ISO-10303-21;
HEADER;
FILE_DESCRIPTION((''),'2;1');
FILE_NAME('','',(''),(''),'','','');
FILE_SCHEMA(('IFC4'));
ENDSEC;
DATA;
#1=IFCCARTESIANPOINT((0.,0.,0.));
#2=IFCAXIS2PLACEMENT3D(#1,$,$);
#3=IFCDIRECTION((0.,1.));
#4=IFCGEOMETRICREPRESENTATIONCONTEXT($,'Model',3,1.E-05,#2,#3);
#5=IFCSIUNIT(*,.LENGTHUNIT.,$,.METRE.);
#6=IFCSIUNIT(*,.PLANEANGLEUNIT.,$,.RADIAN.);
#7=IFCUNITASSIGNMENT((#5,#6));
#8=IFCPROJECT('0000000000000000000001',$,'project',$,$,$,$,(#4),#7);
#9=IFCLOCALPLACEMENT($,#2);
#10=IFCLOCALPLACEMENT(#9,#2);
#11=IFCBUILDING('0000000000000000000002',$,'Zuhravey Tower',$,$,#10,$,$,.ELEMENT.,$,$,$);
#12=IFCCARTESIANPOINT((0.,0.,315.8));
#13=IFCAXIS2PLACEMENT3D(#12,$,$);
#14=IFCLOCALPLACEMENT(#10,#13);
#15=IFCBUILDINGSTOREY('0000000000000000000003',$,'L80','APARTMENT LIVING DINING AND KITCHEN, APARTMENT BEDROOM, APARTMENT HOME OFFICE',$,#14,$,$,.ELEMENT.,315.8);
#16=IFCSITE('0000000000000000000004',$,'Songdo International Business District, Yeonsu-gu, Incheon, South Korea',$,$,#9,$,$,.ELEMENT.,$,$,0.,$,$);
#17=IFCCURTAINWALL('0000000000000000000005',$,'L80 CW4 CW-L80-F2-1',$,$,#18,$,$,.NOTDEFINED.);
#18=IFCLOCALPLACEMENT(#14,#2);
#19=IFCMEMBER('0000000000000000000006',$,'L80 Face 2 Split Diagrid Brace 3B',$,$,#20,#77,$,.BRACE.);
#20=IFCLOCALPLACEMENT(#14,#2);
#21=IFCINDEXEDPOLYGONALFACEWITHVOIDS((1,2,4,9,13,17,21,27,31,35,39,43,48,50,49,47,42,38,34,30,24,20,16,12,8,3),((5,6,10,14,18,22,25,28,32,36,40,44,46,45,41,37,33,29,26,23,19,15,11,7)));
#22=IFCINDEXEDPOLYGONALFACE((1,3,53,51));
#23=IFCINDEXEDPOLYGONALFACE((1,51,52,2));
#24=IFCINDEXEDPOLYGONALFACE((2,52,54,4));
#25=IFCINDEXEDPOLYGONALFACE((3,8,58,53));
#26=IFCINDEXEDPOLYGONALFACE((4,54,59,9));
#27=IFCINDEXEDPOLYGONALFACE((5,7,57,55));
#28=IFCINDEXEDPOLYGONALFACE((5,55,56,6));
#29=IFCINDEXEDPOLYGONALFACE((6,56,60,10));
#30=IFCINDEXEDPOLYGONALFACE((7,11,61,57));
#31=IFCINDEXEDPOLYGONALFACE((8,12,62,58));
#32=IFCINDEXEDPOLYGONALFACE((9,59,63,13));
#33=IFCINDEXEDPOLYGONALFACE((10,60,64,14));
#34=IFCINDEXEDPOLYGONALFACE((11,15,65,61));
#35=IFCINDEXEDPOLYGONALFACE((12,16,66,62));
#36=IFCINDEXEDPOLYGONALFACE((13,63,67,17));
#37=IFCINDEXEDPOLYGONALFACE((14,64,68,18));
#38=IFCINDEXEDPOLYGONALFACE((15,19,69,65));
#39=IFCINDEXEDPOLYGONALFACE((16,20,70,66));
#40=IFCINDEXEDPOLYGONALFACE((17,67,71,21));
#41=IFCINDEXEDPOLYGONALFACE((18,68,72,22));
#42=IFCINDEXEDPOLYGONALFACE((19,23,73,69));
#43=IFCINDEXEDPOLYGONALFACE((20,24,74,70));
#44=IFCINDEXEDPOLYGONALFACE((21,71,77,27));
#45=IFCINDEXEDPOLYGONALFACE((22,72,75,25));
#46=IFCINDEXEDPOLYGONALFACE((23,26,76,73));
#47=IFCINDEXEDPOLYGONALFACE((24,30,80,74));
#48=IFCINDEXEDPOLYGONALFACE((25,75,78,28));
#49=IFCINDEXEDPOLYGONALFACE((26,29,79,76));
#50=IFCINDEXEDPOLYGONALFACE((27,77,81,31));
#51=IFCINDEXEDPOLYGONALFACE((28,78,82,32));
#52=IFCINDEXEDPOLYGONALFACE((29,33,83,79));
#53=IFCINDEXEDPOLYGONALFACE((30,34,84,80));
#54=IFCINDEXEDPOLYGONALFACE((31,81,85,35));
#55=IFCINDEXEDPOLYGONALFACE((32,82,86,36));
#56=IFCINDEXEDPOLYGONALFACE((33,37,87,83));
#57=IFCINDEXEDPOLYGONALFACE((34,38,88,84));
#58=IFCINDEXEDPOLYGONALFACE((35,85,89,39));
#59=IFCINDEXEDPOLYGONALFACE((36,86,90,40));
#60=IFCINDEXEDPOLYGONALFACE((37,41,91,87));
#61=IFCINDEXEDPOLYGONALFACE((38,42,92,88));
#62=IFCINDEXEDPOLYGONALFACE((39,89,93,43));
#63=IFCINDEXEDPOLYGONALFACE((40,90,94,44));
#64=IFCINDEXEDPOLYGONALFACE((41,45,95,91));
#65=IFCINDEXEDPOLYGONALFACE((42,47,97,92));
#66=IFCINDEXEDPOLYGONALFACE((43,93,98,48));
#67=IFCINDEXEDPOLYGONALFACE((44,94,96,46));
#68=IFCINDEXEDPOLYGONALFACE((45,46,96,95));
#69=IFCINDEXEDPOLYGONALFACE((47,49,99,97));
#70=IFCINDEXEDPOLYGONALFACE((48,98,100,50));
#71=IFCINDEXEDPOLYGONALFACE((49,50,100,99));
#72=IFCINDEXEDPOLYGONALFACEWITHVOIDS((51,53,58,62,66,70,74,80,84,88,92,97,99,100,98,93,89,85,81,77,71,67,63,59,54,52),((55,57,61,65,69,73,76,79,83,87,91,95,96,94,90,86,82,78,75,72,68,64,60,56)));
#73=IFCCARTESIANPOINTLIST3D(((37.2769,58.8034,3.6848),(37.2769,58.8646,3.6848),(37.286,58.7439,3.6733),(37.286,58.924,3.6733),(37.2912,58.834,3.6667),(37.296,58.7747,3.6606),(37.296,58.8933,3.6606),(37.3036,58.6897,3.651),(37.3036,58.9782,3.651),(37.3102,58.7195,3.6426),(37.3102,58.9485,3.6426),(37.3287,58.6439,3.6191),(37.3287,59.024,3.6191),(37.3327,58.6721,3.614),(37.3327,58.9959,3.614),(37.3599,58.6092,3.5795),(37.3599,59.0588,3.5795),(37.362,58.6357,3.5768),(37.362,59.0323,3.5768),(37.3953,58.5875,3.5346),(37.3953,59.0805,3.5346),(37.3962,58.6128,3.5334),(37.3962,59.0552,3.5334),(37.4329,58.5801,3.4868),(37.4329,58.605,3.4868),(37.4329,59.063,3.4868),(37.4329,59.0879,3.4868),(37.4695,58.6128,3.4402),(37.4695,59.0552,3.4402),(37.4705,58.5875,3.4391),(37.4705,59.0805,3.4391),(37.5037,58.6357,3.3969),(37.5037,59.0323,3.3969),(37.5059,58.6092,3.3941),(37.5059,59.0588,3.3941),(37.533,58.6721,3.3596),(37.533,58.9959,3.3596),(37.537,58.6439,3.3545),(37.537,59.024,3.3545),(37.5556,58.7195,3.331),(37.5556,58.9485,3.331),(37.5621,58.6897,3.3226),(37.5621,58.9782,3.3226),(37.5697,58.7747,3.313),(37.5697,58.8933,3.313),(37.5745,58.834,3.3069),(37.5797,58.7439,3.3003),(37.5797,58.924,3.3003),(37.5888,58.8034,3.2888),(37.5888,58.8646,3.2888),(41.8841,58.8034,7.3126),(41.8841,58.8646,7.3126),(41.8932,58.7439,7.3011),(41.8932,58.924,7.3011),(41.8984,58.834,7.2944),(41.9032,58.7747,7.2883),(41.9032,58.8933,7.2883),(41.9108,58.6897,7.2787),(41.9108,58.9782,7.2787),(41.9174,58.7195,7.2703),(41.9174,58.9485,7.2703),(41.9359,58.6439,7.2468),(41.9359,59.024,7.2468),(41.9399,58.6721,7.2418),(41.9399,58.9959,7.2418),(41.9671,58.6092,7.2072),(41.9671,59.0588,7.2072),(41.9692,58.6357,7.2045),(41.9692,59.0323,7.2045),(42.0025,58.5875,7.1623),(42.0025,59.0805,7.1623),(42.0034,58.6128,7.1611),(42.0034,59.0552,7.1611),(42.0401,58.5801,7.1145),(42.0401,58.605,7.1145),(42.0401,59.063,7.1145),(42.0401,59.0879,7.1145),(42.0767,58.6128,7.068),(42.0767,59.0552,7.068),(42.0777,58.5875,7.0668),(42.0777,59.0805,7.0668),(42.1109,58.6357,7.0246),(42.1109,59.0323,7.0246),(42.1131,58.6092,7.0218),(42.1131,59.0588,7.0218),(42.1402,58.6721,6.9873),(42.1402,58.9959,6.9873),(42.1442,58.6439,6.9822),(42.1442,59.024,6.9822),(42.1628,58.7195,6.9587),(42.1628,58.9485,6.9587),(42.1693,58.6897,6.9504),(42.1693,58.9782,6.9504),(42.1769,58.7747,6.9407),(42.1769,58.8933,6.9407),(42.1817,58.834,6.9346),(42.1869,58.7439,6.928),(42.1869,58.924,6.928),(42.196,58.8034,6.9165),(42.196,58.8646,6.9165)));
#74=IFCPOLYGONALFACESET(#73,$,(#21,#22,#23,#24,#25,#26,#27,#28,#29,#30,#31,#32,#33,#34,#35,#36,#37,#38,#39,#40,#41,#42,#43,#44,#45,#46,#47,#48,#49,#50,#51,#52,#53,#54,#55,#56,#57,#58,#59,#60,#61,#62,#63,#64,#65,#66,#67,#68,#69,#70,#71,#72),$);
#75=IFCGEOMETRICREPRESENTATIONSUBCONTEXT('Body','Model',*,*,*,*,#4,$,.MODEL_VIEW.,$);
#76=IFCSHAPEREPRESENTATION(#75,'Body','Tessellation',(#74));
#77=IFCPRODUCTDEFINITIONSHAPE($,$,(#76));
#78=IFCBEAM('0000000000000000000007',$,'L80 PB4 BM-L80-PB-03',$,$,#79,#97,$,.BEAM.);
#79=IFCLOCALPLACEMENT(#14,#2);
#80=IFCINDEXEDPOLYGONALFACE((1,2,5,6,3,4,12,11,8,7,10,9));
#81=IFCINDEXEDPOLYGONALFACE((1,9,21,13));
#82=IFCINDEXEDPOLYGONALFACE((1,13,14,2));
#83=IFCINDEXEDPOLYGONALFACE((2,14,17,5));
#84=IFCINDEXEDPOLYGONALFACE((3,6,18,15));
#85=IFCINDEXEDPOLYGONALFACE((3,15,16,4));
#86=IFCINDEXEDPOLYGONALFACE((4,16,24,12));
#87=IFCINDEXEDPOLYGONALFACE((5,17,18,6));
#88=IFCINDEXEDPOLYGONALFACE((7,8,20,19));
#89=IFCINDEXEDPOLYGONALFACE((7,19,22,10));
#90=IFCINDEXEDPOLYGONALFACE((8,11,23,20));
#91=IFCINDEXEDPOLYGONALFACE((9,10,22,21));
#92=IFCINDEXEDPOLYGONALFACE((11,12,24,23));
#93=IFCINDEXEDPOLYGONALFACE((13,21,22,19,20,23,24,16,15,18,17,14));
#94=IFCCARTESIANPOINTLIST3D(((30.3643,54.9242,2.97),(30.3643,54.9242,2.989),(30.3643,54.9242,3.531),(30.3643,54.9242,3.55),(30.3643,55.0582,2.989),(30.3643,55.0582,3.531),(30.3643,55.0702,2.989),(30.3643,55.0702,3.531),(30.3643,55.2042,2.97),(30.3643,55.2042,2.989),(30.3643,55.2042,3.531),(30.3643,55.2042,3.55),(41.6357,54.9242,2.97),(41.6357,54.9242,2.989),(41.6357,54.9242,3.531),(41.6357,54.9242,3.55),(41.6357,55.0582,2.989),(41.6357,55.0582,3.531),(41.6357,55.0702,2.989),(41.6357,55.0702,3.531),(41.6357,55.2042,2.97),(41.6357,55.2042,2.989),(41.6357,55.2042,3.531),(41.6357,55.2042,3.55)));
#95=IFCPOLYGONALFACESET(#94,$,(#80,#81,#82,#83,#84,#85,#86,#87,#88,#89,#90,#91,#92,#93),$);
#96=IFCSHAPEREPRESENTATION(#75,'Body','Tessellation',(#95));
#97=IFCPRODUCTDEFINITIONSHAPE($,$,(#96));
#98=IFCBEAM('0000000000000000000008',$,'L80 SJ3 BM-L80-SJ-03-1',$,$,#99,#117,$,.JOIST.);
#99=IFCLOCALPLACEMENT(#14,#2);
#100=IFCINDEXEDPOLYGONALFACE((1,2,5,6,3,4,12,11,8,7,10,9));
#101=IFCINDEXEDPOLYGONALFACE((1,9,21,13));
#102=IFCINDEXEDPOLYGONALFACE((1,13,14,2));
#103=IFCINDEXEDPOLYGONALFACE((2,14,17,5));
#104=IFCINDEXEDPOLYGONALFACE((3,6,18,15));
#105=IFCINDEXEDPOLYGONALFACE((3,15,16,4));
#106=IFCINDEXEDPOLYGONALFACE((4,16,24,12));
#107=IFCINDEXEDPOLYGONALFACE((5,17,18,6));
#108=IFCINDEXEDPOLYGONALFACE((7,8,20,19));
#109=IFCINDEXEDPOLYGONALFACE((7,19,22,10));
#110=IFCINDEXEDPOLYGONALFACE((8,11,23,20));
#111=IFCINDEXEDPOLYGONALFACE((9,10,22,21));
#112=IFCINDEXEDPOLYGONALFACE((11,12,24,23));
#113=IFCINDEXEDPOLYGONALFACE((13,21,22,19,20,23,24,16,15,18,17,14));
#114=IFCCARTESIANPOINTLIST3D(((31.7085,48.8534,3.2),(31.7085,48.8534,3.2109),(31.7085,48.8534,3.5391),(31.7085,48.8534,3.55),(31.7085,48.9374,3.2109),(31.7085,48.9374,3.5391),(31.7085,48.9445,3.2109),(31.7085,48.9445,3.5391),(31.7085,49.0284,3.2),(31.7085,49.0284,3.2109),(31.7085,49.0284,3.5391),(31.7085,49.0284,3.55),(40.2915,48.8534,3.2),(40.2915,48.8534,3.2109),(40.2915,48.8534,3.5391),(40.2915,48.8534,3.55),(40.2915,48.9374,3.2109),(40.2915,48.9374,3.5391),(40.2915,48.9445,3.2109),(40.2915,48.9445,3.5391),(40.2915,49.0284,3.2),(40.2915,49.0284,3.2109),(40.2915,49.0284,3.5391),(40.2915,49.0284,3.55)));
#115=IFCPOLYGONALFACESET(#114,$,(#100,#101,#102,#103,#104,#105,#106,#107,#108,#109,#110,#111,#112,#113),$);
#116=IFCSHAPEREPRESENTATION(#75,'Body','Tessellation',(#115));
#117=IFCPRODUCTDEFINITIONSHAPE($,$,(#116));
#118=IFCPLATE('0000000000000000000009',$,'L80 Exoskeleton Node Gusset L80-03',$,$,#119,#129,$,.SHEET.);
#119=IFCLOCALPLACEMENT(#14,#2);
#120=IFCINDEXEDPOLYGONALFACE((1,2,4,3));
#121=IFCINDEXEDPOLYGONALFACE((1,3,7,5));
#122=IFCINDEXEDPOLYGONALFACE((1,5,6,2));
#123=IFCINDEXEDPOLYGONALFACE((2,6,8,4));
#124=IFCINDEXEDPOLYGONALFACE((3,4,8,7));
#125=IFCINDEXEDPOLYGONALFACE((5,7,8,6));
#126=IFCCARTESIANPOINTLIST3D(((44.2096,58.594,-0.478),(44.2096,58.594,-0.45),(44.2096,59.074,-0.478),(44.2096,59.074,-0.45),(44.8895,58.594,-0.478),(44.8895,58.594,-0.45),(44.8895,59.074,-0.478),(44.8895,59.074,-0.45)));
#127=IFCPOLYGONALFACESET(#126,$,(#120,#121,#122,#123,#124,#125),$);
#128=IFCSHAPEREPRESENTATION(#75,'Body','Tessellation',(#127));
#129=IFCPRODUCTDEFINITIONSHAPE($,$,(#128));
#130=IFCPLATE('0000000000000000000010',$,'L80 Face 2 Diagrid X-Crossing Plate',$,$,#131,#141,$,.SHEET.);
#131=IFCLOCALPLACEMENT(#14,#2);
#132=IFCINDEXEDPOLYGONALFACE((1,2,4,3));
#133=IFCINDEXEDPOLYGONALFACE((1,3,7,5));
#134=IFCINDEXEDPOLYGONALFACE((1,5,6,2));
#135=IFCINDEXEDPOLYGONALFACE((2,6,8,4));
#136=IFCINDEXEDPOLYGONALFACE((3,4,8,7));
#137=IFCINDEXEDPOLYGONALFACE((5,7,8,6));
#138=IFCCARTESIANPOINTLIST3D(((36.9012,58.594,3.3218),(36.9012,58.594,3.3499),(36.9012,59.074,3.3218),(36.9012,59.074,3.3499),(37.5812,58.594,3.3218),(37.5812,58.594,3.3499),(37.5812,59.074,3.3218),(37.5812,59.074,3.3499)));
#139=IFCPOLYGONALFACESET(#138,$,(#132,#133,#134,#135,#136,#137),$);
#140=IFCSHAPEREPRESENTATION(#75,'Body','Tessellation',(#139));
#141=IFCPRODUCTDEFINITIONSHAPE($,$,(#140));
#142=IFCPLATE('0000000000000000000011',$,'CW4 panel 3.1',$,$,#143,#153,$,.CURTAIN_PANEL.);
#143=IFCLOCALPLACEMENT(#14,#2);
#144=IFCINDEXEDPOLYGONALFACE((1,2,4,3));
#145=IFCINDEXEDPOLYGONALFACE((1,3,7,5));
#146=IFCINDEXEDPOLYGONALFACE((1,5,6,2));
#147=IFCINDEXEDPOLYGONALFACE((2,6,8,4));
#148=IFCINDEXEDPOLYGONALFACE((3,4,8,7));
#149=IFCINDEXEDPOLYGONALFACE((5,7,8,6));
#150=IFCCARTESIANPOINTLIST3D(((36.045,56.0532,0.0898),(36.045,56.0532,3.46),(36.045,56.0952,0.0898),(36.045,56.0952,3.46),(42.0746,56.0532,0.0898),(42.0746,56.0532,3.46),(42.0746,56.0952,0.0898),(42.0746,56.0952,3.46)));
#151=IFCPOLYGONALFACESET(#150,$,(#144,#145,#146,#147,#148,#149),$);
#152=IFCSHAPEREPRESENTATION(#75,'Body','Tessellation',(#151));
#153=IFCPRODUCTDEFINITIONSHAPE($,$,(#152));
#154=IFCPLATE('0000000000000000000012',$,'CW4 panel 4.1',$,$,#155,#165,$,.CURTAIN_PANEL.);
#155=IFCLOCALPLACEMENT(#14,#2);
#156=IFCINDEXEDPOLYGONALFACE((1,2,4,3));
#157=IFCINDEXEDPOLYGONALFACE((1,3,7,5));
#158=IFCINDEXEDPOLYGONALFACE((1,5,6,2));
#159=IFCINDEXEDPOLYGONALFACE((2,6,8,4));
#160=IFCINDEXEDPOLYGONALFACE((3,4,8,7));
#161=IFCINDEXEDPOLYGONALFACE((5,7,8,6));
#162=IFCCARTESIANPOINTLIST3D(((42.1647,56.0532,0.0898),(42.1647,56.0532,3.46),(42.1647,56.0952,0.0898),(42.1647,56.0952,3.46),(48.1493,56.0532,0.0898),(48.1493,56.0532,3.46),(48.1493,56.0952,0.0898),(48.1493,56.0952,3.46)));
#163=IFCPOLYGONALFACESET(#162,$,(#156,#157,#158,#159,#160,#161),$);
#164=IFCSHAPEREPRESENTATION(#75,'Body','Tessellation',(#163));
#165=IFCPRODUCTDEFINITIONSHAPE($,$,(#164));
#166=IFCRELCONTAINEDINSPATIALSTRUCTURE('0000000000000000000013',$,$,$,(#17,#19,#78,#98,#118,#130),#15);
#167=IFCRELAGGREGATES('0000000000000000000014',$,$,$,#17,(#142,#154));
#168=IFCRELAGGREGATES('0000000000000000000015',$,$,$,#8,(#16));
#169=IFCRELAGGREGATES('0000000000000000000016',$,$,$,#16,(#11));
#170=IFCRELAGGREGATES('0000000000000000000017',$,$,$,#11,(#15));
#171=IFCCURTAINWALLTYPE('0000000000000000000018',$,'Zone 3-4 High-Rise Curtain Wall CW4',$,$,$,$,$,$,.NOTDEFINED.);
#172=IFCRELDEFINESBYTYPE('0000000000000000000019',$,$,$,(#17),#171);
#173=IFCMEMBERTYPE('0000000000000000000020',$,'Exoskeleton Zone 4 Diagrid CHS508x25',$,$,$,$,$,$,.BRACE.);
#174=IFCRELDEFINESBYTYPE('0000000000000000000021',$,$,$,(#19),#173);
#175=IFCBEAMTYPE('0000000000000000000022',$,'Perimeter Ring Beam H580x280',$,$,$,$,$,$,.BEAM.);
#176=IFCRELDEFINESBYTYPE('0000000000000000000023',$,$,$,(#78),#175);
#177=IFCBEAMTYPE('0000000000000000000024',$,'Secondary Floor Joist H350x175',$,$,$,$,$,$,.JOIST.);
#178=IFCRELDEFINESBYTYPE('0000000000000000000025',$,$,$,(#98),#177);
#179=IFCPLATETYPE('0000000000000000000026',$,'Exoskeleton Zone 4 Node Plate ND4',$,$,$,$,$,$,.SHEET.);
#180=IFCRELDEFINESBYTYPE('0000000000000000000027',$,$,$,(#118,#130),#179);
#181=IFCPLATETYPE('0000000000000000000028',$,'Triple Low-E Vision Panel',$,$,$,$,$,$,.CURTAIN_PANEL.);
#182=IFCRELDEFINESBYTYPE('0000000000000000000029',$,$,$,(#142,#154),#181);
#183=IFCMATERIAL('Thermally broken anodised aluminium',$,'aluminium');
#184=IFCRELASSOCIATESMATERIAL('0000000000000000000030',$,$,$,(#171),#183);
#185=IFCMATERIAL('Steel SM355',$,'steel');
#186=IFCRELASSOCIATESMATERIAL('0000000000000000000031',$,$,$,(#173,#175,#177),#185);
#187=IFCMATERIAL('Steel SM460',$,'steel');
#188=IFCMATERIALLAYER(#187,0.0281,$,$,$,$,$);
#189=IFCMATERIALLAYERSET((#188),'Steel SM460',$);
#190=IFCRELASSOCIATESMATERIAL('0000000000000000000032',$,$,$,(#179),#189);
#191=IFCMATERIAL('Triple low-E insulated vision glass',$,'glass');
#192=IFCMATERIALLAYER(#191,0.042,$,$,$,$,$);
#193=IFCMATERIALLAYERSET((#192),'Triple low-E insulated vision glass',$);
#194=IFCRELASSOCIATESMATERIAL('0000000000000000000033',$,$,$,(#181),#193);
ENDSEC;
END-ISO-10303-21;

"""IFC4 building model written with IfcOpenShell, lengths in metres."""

from ifc_helpers import new_model, si_unit, direction, frame, origin, origin_2d, place, context, subcontext, project, spatial, rectangle, hollow_circle, i_section, extrude, material, layer, layer_set, material_profile, profile_set, type_object, element, aggregate, save


model = new_model("IFC4")

# Units and contexts
model_context = context("Model", 3, precision=1e-05, world=origin(), true_north=direction((0.0, 1.0)))
body_context = subcontext(model_context, "Body", "Model", "MODEL_VIEW")
ifc_project = project(units=[si_unit("LENGTHUNIT", "METRE"), si_unit("PLANEANGLEUNIT", "RADIAN")], contexts=[model_context])

# Site, building, storey
site_placement = place(None, origin())
site = spatial("IfcSite", under=ifc_project, at=site_placement, Name="Songdo International Business District, Yeonsu-gu, Incheon, South Korea", CompositionType="ELEMENT", RefElevation=0.0)
building_placement = place(site_placement, origin())
building = spatial("IfcBuilding", under=site, at=building_placement, Name="Zuhravey Tower", CompositionType="ELEMENT")
storey_placement = place(building_placement, frame((0.0, 0.0, 315.8)))
storey = spatial("IfcBuildingStorey", under=building, at=storey_placement, Name="L80", Description="APARTMENT LIVING DINING AND KITCHEN, APARTMENT BEDROOM, APARTMENT HOME OFFICE", CompositionType="ELEMENT", Elevation=315.8)

# Curtain wall
ifc_material_1 = material(Name="Thermally broken anodised aluminium", Category="aluminium")
curtain_wall_type = type_object("IfcCurtainWallType", Name="Zone 3-4 High-Rise Curtain Wall CW4", PredefinedType="NOTDEFINED", material=ifc_material_1)
curtain_wall_placement = place(storey_placement, origin())
curtain_wall = element("IfcCurtainWall", 1, at=curtain_wall_placement, inside=storey, type_object=curtain_wall_type, Name="L80 CW4 CW-L80-F2-1", PredefinedType="NOTDEFINED")

# Member
ifc_material_2 = material(Name="Steel SM355", Category="steel")
ifc_material_profile_1 = material_profile(ifc_material_2, hollow_circle(Radius=0.2539, WallThickness=0.0249, at=origin_2d()), Name="CHS-508.0x25")
ifc_profile_set_1 = profile_set([ifc_material_profile_1], Name="Steel SM355")
member_type_1 = type_object("IfcMemberType", Name="Exoskeleton Zone 4 Diagrid CHS508x25", PredefinedType="BRACE", material=ifc_profile_set_1)
member_1_placement = place(storey_placement, frame((37.4329, 58.834, 3.4868), z_axis=(0.785675, 0.0, 0.618639), x_axis=(0.0, 1.0, 0.0)))
element("IfcMember", 2, at=member_1_placement, inside=storey, type_object=member_type_1, Name="L80 Face 2 Split Diagrid Brace 3B", PredefinedType="BRACE", context=body_context, shape_type="SweptSolid", body=[
    extrude(hollow_circle(Radius=0.2539, WallThickness=0.0249, at=origin_2d()), origin(), (0.0, 0.0, 1.0), 5.864),
])

# Beams
ifc_material_profile_2 = material_profile(ifc_material_2, i_section(OverallWidth=0.28, OverallDepth=0.5801, WebThickness=0.012, FlangeThickness=0.019, at=origin_2d()), Name="H-580x280x12x19")
ifc_profile_set_2 = profile_set([ifc_material_profile_2], Name="Steel SM355")
beam_type_1 = type_object("IfcBeamType", Name="Perimeter Ring Beam H580x280", PredefinedType="BEAM", material=ifc_profile_set_2)
beam_1_placement = place(storey_placement, frame((41.6357, 55.0642, 3.26), z_axis=(-1.0, 0.0, 0.0), x_axis=(0.0, -1.0, 0.0)))
element("IfcBeam", 3, at=beam_1_placement, inside=storey, type_object=beam_type_1, Name="L80 PB4 BM-L80-PB-03", PredefinedType="BEAM", context=body_context, shape_type="SweptSolid", body=[
    extrude(i_section(OverallWidth=0.28, OverallDepth=0.5801, WebThickness=0.012, FlangeThickness=0.019, at=origin_2d()), origin(), (0.0, 0.0, 1.0), 11.2715),
])
ifc_material_profile_3 = material_profile(ifc_material_2, i_section(OverallWidth=0.175, OverallDepth=0.3501, WebThickness=0.0071, FlangeThickness=0.011, at=origin_2d()), Name="H-350x175x7x11")
ifc_profile_set_3 = profile_set([ifc_material_profile_3], Name="Steel SM355")
beam_type_2 = type_object("IfcBeamType", Name="Secondary Floor Joist H350x175", PredefinedType="JOIST", material=ifc_profile_set_3)
beam_2_placement = place(storey_placement, frame((40.2915, 48.9409, 3.375), z_axis=(-1.0, 0.0, 0.0), x_axis=(0.0, -1.0, 0.0)))
element("IfcBeam", 4, at=beam_2_placement, inside=storey, type_object=beam_type_2, Name="L80 SJ3 BM-L80-SJ-03-1", PredefinedType="JOIST", context=body_context, shape_type="SweptSolid", body=[
    extrude(i_section(OverallWidth=0.175, OverallDepth=0.3501, WebThickness=0.0071, FlangeThickness=0.011, at=origin_2d()), origin(), (0.0, 0.0, 1.0), 8.583),
])

# Plates
ifc_material_3 = material(Name="Steel SM460", Category="steel")
ifc_layer_1 = layer(ifc_material_3, 0.0281)
ifc_layer_set_1 = layer_set([ifc_layer_1], Name="Steel SM460")
plate_type_1 = type_object("IfcPlateType", Name="Exoskeleton Zone 4 Node Plate ND4", PredefinedType="SHEET", material=ifc_layer_set_1)
for number, where, z_axis, x_axis, name in (
    (5, (44.5496, 58.834, -0.478), (0.0, 0.0, 1.0), (-1.0, 0.0, 0.0), "L80 Exoskeleton Node Gusset L80-03"),
    (6, (37.2412, 58.834, 3.3218), (0.0, 0.0, 1.0), (-1.0, 0.0, 0.0), "L80 Face 2 Diagrid X-Crossing Plate"),
):
    element("IfcPlate", number, at=place(storey_placement, frame(where, z_axis=z_axis, x_axis=x_axis)), inside=storey, type_object=plate_type_1, Name=name, PredefinedType="SHEET", context=body_context, shape_type="SweptSolid", body=[
        extrude(rectangle(XDim=0.6799, YDim=0.48, at=origin_2d()), origin(), (0.0, 0.0, 1.0), 0.0281),
    ])

# Plates
ifc_material_4 = material(Name="Triple low-E insulated vision glass", Category="glass")
ifc_layer_2 = layer(ifc_material_4, 0.042)
ifc_layer_set_2 = layer_set([ifc_layer_2], Name="Triple low-E insulated vision glass")
plate_type_2 = type_object("IfcPlateType", Name="Triple Low-E Vision Panel", PredefinedType="CURTAIN_PANEL", material=ifc_layer_set_2)
plate_1_placement = place(storey_placement, frame((39.0598, 56.0742, 0.0898), z_axis=(0.0, 0.0, 1.0), x_axis=(1.0, 0.0, 0.0)))
plate_1 = element("IfcPlate", 7, at=plate_1_placement, type_object=plate_type_2, Name="CW4 panel 3.1", PredefinedType="CURTAIN_PANEL", context=body_context, shape_type="SweptSolid", body=[
    extrude(rectangle(XDim=6.0295, YDim=0.042, at=origin_2d()), origin(), (0.0, 0.0, 1.0), 3.3701),
])
plate_2_placement = place(storey_placement, frame((45.157, 56.0742, 0.0898), z_axis=(0.0, 0.0, 1.0), x_axis=(1.0, 0.0, 0.0)))
plate_2 = element("IfcPlate", 8, at=plate_2_placement, type_object=plate_type_2, Name="CW4 panel 4.1", PredefinedType="CURTAIN_PANEL", context=body_context, shape_type="SweptSolid", body=[
    extrude(rectangle(XDim=5.9846, YDim=0.042, at=origin_2d()), origin(), (0.0, 0.0, 1.0), 3.3701),
])
aggregate(curtain_wall, [plate_1, plate_2])

save(model, "model.ifc")
